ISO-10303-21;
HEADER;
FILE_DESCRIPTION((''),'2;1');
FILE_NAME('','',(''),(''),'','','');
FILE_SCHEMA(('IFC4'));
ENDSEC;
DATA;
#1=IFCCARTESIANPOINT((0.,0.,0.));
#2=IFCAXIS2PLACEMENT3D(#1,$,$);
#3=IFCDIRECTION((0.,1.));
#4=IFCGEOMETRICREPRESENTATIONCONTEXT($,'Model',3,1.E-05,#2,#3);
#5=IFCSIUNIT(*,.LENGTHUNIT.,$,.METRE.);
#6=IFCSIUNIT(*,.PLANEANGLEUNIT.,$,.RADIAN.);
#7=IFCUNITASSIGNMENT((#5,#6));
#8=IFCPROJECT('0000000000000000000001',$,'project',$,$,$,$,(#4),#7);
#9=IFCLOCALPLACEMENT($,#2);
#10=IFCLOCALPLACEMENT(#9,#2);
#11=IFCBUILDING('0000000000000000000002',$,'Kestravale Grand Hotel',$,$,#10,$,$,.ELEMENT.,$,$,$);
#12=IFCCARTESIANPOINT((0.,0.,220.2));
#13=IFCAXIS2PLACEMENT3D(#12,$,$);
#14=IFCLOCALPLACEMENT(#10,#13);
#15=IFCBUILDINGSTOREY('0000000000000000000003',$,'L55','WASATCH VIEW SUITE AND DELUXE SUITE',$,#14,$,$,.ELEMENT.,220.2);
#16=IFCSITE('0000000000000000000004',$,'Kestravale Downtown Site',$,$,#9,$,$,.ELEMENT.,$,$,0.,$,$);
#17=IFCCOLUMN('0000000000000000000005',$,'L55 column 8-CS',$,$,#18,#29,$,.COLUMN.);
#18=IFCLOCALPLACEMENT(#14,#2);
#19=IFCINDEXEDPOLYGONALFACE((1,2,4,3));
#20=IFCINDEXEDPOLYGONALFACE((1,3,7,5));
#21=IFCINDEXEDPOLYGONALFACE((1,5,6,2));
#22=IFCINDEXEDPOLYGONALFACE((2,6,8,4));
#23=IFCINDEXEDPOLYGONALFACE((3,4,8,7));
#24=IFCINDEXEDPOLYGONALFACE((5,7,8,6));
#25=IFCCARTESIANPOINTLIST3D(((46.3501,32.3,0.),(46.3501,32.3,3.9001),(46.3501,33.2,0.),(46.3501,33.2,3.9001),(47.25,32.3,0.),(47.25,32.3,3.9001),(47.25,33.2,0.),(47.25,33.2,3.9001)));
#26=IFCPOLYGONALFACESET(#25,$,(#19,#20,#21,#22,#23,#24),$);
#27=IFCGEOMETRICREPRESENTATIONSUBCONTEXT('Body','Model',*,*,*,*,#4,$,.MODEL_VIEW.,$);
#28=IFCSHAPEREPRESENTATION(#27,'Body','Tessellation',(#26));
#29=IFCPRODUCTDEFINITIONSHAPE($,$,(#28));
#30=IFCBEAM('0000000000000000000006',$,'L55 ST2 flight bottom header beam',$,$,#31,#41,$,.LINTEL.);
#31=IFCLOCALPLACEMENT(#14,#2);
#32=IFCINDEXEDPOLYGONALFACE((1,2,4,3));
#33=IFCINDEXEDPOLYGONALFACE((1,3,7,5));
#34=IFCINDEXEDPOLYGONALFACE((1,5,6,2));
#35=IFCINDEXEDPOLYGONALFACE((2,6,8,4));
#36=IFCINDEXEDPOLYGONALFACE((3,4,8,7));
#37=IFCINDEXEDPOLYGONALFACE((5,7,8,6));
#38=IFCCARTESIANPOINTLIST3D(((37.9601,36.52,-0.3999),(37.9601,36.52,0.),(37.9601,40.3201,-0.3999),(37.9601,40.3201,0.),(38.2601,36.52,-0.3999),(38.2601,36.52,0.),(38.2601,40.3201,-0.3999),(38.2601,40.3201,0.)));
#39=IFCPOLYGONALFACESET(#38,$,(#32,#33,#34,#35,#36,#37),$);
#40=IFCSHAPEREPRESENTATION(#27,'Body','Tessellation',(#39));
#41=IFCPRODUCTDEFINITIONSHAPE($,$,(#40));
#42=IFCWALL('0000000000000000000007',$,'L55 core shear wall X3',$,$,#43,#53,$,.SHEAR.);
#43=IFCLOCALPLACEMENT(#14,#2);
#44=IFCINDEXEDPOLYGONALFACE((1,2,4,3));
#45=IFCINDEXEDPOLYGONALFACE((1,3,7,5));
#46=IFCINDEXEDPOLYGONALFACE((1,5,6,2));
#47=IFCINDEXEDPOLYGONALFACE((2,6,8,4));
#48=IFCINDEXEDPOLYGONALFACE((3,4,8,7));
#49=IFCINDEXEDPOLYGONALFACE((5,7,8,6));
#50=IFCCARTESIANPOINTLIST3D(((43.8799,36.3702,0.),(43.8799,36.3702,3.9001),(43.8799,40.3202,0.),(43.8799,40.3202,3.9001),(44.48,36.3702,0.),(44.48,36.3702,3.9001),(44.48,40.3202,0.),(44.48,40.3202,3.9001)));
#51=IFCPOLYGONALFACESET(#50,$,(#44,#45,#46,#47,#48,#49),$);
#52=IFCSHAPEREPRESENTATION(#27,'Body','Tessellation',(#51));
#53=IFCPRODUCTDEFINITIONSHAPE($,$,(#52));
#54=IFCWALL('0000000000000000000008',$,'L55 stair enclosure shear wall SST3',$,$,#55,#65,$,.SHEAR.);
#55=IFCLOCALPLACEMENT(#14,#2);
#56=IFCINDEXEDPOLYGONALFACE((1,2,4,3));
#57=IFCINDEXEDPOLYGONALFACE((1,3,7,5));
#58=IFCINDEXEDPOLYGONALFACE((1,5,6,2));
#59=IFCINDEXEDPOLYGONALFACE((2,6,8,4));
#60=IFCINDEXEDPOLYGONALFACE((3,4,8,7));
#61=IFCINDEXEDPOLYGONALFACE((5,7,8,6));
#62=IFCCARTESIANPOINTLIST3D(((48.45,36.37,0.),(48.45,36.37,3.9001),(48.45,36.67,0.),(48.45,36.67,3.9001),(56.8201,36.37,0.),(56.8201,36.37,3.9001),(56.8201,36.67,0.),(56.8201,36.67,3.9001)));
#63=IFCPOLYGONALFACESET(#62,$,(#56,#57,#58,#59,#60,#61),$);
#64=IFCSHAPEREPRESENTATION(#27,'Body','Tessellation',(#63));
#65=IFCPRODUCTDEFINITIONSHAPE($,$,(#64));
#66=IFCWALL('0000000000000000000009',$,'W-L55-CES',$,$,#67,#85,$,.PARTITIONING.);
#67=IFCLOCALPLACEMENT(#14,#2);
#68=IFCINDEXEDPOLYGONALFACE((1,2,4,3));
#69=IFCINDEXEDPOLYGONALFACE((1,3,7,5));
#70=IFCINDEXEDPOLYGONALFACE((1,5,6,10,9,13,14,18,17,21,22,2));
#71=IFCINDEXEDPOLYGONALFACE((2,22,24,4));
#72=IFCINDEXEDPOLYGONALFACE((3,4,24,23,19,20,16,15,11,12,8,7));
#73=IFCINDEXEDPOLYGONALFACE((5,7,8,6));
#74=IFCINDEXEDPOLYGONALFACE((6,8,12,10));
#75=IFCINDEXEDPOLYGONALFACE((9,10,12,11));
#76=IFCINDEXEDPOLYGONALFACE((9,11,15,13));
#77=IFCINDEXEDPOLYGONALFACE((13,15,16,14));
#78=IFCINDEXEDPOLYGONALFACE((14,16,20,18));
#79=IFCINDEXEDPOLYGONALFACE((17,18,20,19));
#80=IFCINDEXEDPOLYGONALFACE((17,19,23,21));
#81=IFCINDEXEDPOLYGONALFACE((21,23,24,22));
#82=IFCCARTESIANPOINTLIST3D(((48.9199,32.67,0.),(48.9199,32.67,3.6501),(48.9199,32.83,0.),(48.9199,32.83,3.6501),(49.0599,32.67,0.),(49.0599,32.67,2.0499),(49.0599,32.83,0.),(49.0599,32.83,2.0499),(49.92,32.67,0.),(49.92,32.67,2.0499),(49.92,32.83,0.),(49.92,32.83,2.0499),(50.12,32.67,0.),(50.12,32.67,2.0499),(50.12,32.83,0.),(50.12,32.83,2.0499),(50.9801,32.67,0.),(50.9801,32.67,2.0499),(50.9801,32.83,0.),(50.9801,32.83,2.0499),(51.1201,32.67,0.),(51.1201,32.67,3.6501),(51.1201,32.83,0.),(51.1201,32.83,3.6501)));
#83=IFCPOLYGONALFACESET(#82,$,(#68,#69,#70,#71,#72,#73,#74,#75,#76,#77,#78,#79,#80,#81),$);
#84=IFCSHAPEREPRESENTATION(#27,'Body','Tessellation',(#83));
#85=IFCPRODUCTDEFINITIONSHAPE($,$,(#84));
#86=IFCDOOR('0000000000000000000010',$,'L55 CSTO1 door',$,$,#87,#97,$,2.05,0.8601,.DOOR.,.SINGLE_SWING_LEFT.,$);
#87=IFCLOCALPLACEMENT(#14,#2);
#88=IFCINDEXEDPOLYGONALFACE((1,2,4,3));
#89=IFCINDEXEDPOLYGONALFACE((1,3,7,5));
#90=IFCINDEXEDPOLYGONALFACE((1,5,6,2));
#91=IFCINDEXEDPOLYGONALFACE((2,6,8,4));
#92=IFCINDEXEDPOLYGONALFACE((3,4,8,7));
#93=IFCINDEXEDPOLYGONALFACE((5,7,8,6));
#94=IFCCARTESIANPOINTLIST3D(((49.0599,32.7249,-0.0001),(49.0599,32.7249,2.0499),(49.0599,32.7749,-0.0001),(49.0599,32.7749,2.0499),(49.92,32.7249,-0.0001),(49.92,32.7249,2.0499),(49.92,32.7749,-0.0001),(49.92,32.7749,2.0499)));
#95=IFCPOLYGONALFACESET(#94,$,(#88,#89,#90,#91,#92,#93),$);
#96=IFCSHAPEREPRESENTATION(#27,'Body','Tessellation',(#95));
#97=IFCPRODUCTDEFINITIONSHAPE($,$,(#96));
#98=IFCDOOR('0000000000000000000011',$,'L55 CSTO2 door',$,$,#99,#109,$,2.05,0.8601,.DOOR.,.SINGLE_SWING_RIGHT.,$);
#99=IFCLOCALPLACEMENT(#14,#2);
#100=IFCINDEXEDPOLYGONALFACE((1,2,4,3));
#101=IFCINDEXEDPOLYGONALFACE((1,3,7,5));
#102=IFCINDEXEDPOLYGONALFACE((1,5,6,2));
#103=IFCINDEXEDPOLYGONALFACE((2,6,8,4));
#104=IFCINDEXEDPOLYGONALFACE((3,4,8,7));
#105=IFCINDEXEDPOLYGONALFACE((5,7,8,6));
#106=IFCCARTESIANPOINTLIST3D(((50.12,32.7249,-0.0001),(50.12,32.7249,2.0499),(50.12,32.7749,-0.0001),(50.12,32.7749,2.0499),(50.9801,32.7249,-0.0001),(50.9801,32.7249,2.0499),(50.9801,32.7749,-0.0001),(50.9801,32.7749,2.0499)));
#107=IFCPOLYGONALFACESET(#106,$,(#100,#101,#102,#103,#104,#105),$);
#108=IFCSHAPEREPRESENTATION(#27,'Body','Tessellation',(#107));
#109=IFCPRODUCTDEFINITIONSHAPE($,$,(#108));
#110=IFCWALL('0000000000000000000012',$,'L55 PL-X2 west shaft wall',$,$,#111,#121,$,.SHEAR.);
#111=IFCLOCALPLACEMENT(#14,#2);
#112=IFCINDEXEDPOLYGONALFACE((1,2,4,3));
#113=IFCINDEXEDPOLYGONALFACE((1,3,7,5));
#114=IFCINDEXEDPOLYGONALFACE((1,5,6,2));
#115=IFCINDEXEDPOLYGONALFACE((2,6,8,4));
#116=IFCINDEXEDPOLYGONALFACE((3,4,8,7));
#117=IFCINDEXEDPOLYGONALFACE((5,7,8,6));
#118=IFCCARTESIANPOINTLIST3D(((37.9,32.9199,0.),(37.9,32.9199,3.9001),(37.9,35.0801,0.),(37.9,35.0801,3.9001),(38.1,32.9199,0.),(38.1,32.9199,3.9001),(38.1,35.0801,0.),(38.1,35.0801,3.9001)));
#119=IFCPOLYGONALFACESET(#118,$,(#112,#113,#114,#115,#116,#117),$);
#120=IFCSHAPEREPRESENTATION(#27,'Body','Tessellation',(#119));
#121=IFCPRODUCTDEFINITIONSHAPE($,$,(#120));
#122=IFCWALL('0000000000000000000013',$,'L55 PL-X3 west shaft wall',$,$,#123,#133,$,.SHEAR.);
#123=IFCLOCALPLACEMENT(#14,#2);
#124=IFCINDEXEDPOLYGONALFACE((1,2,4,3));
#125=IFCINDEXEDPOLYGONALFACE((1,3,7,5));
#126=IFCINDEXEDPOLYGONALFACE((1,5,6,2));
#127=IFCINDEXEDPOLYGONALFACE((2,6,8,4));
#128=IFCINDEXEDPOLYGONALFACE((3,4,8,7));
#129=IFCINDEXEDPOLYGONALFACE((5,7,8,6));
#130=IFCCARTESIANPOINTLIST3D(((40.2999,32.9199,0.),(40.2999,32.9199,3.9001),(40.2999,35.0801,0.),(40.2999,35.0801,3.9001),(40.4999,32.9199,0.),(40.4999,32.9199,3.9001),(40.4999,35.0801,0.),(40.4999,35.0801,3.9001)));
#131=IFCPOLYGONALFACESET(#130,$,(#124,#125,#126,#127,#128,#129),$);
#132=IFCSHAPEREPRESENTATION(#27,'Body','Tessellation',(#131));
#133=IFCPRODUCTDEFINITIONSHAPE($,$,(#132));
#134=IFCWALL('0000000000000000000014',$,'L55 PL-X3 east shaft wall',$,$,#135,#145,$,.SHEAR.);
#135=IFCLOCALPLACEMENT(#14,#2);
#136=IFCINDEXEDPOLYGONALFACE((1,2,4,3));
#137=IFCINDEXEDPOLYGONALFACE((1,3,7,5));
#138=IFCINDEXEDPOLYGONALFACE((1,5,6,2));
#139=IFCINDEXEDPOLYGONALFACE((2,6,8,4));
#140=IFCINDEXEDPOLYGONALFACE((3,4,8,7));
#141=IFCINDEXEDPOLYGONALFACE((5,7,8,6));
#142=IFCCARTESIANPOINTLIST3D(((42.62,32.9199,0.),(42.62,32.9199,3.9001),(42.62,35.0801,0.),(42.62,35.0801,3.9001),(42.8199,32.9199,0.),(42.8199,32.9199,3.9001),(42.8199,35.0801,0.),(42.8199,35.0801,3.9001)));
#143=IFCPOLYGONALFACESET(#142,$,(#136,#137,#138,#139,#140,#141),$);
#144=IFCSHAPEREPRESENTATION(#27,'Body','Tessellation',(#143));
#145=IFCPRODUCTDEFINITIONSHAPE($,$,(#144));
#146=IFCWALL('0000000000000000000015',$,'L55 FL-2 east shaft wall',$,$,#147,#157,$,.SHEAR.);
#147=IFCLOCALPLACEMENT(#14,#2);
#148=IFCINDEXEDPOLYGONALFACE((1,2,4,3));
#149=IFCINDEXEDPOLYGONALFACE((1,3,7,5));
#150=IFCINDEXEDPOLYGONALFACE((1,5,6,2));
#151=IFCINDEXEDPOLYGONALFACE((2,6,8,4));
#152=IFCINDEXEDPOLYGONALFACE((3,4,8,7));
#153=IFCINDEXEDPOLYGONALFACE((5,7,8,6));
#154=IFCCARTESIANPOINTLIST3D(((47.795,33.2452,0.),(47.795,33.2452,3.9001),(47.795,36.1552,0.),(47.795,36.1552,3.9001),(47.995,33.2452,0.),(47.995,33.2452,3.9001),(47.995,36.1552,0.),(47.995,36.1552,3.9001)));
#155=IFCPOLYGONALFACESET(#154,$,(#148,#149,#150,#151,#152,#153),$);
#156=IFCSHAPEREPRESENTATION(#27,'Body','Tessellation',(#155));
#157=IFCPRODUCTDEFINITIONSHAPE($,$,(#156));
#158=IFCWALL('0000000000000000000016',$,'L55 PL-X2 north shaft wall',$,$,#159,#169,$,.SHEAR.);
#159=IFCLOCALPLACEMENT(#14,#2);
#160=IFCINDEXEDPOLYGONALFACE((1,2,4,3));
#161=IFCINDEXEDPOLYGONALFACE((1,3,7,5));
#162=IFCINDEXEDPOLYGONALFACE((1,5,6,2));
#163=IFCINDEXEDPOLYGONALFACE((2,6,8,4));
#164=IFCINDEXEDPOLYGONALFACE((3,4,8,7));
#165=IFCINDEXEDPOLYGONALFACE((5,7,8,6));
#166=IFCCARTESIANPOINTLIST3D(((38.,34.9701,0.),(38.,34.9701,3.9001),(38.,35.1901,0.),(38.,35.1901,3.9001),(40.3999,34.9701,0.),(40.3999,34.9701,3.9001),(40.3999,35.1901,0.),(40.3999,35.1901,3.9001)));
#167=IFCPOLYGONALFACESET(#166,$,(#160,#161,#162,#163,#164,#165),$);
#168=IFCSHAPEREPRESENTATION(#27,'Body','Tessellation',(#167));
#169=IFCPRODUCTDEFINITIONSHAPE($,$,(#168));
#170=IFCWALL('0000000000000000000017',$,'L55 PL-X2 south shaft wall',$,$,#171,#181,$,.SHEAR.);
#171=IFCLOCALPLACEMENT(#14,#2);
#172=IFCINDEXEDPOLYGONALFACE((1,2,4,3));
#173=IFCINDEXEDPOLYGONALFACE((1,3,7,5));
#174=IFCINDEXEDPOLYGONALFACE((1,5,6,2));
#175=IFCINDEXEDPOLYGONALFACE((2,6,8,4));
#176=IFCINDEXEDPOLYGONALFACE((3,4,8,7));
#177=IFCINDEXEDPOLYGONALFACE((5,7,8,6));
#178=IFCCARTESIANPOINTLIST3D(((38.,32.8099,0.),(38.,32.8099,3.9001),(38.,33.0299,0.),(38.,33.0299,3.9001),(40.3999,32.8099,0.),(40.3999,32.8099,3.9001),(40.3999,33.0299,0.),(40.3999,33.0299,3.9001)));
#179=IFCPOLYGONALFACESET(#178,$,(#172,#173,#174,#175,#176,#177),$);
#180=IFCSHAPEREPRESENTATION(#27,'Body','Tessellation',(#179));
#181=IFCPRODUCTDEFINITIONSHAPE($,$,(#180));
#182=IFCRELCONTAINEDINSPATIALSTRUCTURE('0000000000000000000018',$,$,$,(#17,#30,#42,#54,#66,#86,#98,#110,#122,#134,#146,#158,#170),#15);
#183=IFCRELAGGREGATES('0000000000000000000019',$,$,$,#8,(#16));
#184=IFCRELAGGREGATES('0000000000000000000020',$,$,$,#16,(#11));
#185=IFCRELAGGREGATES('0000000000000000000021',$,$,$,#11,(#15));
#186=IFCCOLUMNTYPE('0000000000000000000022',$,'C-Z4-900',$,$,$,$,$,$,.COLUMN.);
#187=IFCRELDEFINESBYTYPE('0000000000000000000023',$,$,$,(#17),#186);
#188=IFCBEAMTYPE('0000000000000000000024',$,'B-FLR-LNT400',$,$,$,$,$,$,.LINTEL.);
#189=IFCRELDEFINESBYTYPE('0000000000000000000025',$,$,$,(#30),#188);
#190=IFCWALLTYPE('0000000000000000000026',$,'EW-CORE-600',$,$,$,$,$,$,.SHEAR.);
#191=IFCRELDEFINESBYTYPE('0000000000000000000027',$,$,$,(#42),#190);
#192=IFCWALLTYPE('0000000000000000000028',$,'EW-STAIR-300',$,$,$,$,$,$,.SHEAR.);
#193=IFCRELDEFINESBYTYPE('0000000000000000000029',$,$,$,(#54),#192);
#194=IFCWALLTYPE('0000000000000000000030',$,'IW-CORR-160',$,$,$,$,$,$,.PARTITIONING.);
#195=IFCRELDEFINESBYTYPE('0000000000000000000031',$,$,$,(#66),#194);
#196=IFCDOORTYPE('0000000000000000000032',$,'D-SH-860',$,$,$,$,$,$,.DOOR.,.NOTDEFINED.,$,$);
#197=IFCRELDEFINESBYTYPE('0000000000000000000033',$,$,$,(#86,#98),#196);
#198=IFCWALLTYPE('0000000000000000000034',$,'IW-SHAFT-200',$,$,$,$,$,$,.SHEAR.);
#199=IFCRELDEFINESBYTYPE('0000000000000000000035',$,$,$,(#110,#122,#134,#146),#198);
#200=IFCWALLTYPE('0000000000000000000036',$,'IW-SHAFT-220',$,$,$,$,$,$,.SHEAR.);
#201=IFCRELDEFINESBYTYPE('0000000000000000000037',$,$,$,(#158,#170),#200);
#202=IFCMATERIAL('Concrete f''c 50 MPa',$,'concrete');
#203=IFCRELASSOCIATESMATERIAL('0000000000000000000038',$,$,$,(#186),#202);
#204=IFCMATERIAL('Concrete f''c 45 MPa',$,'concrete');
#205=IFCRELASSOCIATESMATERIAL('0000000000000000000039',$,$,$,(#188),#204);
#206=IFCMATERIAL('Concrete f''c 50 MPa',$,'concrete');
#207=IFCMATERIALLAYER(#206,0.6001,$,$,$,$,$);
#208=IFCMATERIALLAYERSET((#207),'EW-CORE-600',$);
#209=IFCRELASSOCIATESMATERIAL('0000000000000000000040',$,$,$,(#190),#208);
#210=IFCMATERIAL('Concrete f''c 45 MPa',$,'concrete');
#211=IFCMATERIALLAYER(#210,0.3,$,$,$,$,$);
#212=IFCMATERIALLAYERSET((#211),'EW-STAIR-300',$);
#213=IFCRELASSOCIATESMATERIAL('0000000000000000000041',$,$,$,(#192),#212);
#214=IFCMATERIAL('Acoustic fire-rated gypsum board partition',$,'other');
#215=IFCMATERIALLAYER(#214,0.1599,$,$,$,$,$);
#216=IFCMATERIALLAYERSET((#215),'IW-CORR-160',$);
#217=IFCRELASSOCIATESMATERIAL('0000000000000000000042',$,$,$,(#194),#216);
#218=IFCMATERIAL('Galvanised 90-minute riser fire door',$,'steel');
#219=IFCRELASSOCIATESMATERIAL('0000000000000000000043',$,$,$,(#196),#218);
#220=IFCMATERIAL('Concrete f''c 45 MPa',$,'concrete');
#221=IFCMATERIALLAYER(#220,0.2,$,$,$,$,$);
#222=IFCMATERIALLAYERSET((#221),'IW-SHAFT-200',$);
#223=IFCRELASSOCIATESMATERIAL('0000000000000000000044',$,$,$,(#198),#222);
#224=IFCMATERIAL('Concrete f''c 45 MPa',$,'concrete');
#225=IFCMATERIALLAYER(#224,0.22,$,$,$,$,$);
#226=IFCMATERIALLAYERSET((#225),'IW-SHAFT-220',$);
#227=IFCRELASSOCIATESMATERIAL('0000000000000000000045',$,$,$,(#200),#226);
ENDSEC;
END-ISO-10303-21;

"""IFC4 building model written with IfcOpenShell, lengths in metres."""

from ifc_helpers import new_model, si_unit, direction, frame, frame_2d, origin, origin_2d, place, context, subcontext, project, spatial, rectangle, extrude, material, layer, layer_set, material_profile, profile_set, type_object, element, fill, save


model = new_model("IFC4")

# Units and contexts
model_context = context("Model", 3, precision=1e-05, world=origin(), true_north=direction((0.0, 1.0)))
body_context = subcontext(model_context, "Body", "Model", "MODEL_VIEW")
ifc_project = project(units=[si_unit("LENGTHUNIT", "METRE"), si_unit("PLANEANGLEUNIT", "RADIAN")], contexts=[model_context])

# Site, building, storey
site_placement = place(None, origin())
site = spatial("IfcSite", under=ifc_project, at=site_placement, Name="Kestravale Downtown Site", CompositionType="ELEMENT", RefElevation=0.0)
building_placement = place(site_placement, origin())
building = spatial("IfcBuilding", under=site, at=building_placement, Name="Kestravale Grand Hotel", CompositionType="ELEMENT")
storey_placement = place(building_placement, frame((0.0, 0.0, 220.2)))
storey = spatial("IfcBuildingStorey", under=building, at=storey_placement, Name="L55", Description="WASATCH VIEW SUITE AND DELUXE SUITE", CompositionType="ELEMENT", Elevation=220.2)

# Column
ifc_material_1 = material(Name="Concrete f'c 50 MPa", Category="concrete")
ifc_material_profile_1 = material_profile(ifc_material_1, rectangle(XDim=0.8999, YDim=0.8999, at=origin_2d()))
ifc_profile_set_1 = profile_set([ifc_material_profile_1], Name="Concrete f'c 50 MPa")
column_type = type_object("IfcColumnType", Name="C-Z4-900", PredefinedType="COLUMN", material=ifc_profile_set_1)
column_placement = place(storey_placement, frame((46.8, 32.75, 0.0), z_axis=(0.0, 0.0, 1.0), x_axis=(1.0, 0.0, 0.0)))
element("IfcColumn", 1, at=column_placement, inside=storey, type_object=column_type, Name="L55 column 8-CS", PredefinedType="COLUMN", context=body_context, shape_type="SweptSolid", body=[
    extrude(rectangle(XDim=0.8999, YDim=0.8999, at=origin_2d()), origin(), (0.0, 0.0, 1.0), 3.9001),
])

# Beam
ifc_material_2 = material(Name="Concrete f'c 45 MPa", Category="concrete")
ifc_material_profile_2 = material_profile(ifc_material_2, rectangle(XDim=0.3, YDim=0.3999, at=origin_2d()))
ifc_profile_set_2 = profile_set([ifc_material_profile_2], Name="Concrete f'c 45 MPa")
beam_type = type_object("IfcBeamType", Name="B-FLR-LNT400", PredefinedType="LINTEL", material=ifc_profile_set_2)
beam_placement = place(storey_placement, frame((38.1101, 36.52, -0.2), z_axis=(0.0, 1.0, 0.0), x_axis=(-1.0, 0.0, 0.0)))
element("IfcBeam", 2, at=beam_placement, inside=storey, type_object=beam_type, Name="L55 ST2 flight bottom header beam", PredefinedType="LINTEL", context=body_context, shape_type="SweptSolid", body=[
    extrude(rectangle(XDim=0.3, YDim=0.3999, at=origin_2d()), origin(), (0.0, 0.0, 1.0), 3.8),
])

# Walls
ifc_material_3 = material(Name="Concrete f'c 50 MPa", Category="concrete")
ifc_layer_1 = layer(ifc_material_3, 0.6001)
ifc_layer_set_1 = layer_set([ifc_layer_1], Name="EW-CORE-600")
wall_type_1 = type_object("IfcWallType", Name="EW-CORE-600", PredefinedType="SHEAR", material=ifc_layer_set_1)
wall_1_placement = place(storey_placement, frame((44.1799, 36.3701, 0.0), z_axis=(0.0, 0.0, 1.0), x_axis=(0.0, 1.0, 0.0)))
element("IfcWall", 3, at=wall_1_placement, inside=storey, type_object=wall_type_1, Name="L55 core shear wall X3", PredefinedType="SHEAR", context=body_context, shape_type="SweptSolid", body=[
    extrude(rectangle(XDim=3.95, YDim=0.6001, at=frame_2d((1.9751, 0.0))), origin(), (0.0, 0.0, 1.0), 3.9001),
])
ifc_material_4 = material(Name="Concrete f'c 45 MPa", Category="concrete")
ifc_layer_2 = layer(ifc_material_4, 0.3)
ifc_layer_set_2 = layer_set([ifc_layer_2], Name="EW-STAIR-300")
wall_type_2 = type_object("IfcWallType", Name="EW-STAIR-300", PredefinedType="SHEAR", material=ifc_layer_set_2)
wall_2_placement = place(storey_placement, frame((48.45, 36.52, 0.0), z_axis=(0.0, 0.0, 1.0), x_axis=(1.0, 0.0, 0.0)))
element("IfcWall", 4, at=wall_2_placement, inside=storey, type_object=wall_type_2, Name="L55 stair enclosure shear wall SST3", PredefinedType="SHEAR", context=body_context, shape_type="SweptSolid", body=[
    extrude(rectangle(XDim=8.3701, YDim=0.3, at=frame_2d((4.1851, 0.0))), origin(), (0.0, 0.0, 1.0), 3.9001),
])

# Wall, openings, doors
ifc_material_5 = material(Name="Acoustic fire-rated gypsum board partition", Category="other")
ifc_layer_3 = layer(ifc_material_5, 0.1599)
ifc_layer_set_3 = layer_set([ifc_layer_3], Name="IW-CORR-160")
wall_type_3 = type_object("IfcWallType", Name="IW-CORR-160", PredefinedType="PARTITIONING", material=ifc_layer_set_3)
wall_3_placement = place(storey_placement, frame((48.9199, 32.75, 0.0), z_axis=(0.0, 0.0, 1.0), x_axis=(1.0, 0.0, 0.0)))
wall_3 = element("IfcWall", 5, at=wall_3_placement, inside=storey, type_object=wall_type_3, Name="W-L55-CES", PredefinedType="PARTITIONING", context=body_context, shape_type="SweptSolid", body=[
    extrude(rectangle(XDim=2.2002, YDim=0.1599, at=frame_2d((1.1001, 0.0))), origin(), (0.0, 0.0, 1.0), 3.6501),
])
opening_1_placement = place(wall_3_placement, frame((0.1399, 0.0, 0.0)))
opening_1 = element("IfcOpeningElement", 6, at=opening_1_placement, cuts=wall_3, PredefinedType="OPENING", context=body_context, shape_type="SweptSolid", body=[
    extrude(rectangle(XDim=0.8601, YDim=2.05, at=frame_2d((0.4302, 1.0249))), frame((0.0, 0.0898, 0.0), z_axis=(0.0, -1.0, 0.0), x_axis=(1.0, 0.0, 0.0)), (0.0, 0.0, 1.0), 0.1799),
])
opening_2_placement = place(wall_3_placement, frame((1.2, 0.0, 0.0)))
opening_2 = element("IfcOpeningElement", 7, at=opening_2_placement, cuts=wall_3, PredefinedType="OPENING", context=body_context, shape_type="SweptSolid", body=[
    extrude(rectangle(XDim=0.8601, YDim=2.05, at=frame_2d((0.4302, 1.0249))), frame((0.0, 0.0898, 0.0), z_axis=(0.0, -1.0, 0.0), x_axis=(1.0, 0.0, 0.0)), (0.0, 0.0, 1.0), 0.1799),
])
ifc_material_6 = material(Name="Galvanised 90-minute riser fire door", Category="steel")
door_type_1 = type_object("IfcDoorType", Name="D-SH-860", OperationType="NOTDEFINED", PredefinedType="DOOR", material=ifc_material_6)
door_1_placement = place(opening_1_placement, origin())
door_1 = element("IfcDoor", 8, at=door_1_placement, inside=storey, type_object=door_type_1, Name="L55 CSTO1 door", OperationType="SINGLE_SWING_LEFT", OverallHeight=2.05, OverallWidth=0.8601, PredefinedType="DOOR", context=body_context, shape_type="SweptSolid", body=[
    extrude(rectangle(XDim=0.8601, YDim=2.05, at=frame_2d((0.4302, 1.0249))), frame((0.0, 0.0249, 0.0), z_axis=(0.0, -1.0, 0.0), x_axis=(1.0, 0.0, 0.0)), (0.0, 0.0, 1.0), 0.05),
])
fill(opening_1, door_1)
door_2_placement = place(opening_2_placement, origin())
door_2 = element("IfcDoor", 9, at=door_2_placement, inside=storey, type_object=door_type_1, Name="L55 CSTO2 door", OperationType="SINGLE_SWING_RIGHT", OverallHeight=2.05, OverallWidth=0.8601, PredefinedType="DOOR", context=body_context, shape_type="SweptSolid", body=[
    extrude(rectangle(XDim=0.8601, YDim=2.05, at=frame_2d((0.4302, 1.0249))), frame((0.0, 0.0249, 0.0), z_axis=(0.0, -1.0, 0.0), x_axis=(1.0, 0.0, 0.0)), (0.0, 0.0, 1.0), 0.05),
])
fill(opening_2, door_2)

# Walls
ifc_material_7 = material(Name="Concrete f'c 45 MPa", Category="concrete")
ifc_layer_4 = layer(ifc_material_7, 0.2)
ifc_layer_set_4 = layer_set([ifc_layer_4], Name="IW-SHAFT-200")
wall_type_4 = type_object("IfcWallType", Name="IW-SHAFT-200", PredefinedType="SHEAR", material=ifc_layer_set_4)
for number, where, z_axis, x_axis, name in (
    (10, (38.0, 32.9199, 0.0), (0.0, 0.0, 1.0), (0.0, 1.0, 0.0), "L55 PL-X2 west shaft wall"),
    (11, (40.3999, 32.9199, 0.0), (0.0, 0.0, 1.0), (0.0, 1.0, 0.0), "L55 PL-X3 west shaft wall"),
    (12, (42.72, 32.9199, 0.0), (0.0, 0.0, 1.0), (0.0, 1.0, 0.0), "L55 PL-X3 east shaft wall"),
):
    element("IfcWall", number, at=place(storey_placement, frame(where, z_axis=z_axis, x_axis=x_axis)), inside=storey, type_object=wall_type_4, Name=name, PredefinedType="SHEAR", context=body_context, shape_type="SweptSolid", body=[
        extrude(rectangle(XDim=2.1602, YDim=0.2, at=frame_2d((1.0801, 0.0))), origin(), (0.0, 0.0, 1.0), 3.9001),
    ])
wall_4_placement = place(storey_placement, frame((47.895, 33.2451, 0.0), z_axis=(0.0, 0.0, 1.0), x_axis=(0.0, 1.0, 0.0)))
element("IfcWall", 13, at=wall_4_placement, inside=storey, type_object=wall_type_4, Name="L55 FL-2 east shaft wall", PredefinedType="SHEAR", context=body_context, shape_type="SweptSolid", body=[
    extrude(rectangle(XDim=2.9099, YDim=0.2, at=frame_2d((1.4551, 0.0))), origin(), (0.0, 0.0, 1.0), 3.9001),
])
ifc_material_8 = material(Name="Concrete f'c 45 MPa", Category="concrete")
ifc_layer_5 = layer(ifc_material_8, 0.22)
ifc_layer_set_5 = layer_set([ifc_layer_5], Name="IW-SHAFT-220")
wall_type_5 = type_object("IfcWallType", Name="IW-SHAFT-220", PredefinedType="SHEAR", material=ifc_layer_set_5)
for number, where, z_axis, x_axis, name in (
    (14, (38.0, 35.0801, 0.0), (0.0, 0.0, 1.0), (1.0, 0.0, 0.0), "L55 PL-X2 north shaft wall"),
    (15, (38.0, 32.9199, 0.0), (0.0, 0.0, 1.0), (1.0, 0.0, 0.0), "L55 PL-X2 south shaft wall"),
):
    element("IfcWall", number, at=place(storey_placement, frame(where, z_axis=z_axis, x_axis=x_axis)), inside=storey, type_object=wall_type_5, Name=name, PredefinedType="SHEAR", context=body_context, shape_type="SweptSolid", body=[
        extrude(rectangle(XDim=2.3999, YDim=0.22, at=frame_2d((1.2, 0.0))), origin(), (0.0, 0.0, 1.0), 3.9001),
    ])

save(model, "model.ifc")
